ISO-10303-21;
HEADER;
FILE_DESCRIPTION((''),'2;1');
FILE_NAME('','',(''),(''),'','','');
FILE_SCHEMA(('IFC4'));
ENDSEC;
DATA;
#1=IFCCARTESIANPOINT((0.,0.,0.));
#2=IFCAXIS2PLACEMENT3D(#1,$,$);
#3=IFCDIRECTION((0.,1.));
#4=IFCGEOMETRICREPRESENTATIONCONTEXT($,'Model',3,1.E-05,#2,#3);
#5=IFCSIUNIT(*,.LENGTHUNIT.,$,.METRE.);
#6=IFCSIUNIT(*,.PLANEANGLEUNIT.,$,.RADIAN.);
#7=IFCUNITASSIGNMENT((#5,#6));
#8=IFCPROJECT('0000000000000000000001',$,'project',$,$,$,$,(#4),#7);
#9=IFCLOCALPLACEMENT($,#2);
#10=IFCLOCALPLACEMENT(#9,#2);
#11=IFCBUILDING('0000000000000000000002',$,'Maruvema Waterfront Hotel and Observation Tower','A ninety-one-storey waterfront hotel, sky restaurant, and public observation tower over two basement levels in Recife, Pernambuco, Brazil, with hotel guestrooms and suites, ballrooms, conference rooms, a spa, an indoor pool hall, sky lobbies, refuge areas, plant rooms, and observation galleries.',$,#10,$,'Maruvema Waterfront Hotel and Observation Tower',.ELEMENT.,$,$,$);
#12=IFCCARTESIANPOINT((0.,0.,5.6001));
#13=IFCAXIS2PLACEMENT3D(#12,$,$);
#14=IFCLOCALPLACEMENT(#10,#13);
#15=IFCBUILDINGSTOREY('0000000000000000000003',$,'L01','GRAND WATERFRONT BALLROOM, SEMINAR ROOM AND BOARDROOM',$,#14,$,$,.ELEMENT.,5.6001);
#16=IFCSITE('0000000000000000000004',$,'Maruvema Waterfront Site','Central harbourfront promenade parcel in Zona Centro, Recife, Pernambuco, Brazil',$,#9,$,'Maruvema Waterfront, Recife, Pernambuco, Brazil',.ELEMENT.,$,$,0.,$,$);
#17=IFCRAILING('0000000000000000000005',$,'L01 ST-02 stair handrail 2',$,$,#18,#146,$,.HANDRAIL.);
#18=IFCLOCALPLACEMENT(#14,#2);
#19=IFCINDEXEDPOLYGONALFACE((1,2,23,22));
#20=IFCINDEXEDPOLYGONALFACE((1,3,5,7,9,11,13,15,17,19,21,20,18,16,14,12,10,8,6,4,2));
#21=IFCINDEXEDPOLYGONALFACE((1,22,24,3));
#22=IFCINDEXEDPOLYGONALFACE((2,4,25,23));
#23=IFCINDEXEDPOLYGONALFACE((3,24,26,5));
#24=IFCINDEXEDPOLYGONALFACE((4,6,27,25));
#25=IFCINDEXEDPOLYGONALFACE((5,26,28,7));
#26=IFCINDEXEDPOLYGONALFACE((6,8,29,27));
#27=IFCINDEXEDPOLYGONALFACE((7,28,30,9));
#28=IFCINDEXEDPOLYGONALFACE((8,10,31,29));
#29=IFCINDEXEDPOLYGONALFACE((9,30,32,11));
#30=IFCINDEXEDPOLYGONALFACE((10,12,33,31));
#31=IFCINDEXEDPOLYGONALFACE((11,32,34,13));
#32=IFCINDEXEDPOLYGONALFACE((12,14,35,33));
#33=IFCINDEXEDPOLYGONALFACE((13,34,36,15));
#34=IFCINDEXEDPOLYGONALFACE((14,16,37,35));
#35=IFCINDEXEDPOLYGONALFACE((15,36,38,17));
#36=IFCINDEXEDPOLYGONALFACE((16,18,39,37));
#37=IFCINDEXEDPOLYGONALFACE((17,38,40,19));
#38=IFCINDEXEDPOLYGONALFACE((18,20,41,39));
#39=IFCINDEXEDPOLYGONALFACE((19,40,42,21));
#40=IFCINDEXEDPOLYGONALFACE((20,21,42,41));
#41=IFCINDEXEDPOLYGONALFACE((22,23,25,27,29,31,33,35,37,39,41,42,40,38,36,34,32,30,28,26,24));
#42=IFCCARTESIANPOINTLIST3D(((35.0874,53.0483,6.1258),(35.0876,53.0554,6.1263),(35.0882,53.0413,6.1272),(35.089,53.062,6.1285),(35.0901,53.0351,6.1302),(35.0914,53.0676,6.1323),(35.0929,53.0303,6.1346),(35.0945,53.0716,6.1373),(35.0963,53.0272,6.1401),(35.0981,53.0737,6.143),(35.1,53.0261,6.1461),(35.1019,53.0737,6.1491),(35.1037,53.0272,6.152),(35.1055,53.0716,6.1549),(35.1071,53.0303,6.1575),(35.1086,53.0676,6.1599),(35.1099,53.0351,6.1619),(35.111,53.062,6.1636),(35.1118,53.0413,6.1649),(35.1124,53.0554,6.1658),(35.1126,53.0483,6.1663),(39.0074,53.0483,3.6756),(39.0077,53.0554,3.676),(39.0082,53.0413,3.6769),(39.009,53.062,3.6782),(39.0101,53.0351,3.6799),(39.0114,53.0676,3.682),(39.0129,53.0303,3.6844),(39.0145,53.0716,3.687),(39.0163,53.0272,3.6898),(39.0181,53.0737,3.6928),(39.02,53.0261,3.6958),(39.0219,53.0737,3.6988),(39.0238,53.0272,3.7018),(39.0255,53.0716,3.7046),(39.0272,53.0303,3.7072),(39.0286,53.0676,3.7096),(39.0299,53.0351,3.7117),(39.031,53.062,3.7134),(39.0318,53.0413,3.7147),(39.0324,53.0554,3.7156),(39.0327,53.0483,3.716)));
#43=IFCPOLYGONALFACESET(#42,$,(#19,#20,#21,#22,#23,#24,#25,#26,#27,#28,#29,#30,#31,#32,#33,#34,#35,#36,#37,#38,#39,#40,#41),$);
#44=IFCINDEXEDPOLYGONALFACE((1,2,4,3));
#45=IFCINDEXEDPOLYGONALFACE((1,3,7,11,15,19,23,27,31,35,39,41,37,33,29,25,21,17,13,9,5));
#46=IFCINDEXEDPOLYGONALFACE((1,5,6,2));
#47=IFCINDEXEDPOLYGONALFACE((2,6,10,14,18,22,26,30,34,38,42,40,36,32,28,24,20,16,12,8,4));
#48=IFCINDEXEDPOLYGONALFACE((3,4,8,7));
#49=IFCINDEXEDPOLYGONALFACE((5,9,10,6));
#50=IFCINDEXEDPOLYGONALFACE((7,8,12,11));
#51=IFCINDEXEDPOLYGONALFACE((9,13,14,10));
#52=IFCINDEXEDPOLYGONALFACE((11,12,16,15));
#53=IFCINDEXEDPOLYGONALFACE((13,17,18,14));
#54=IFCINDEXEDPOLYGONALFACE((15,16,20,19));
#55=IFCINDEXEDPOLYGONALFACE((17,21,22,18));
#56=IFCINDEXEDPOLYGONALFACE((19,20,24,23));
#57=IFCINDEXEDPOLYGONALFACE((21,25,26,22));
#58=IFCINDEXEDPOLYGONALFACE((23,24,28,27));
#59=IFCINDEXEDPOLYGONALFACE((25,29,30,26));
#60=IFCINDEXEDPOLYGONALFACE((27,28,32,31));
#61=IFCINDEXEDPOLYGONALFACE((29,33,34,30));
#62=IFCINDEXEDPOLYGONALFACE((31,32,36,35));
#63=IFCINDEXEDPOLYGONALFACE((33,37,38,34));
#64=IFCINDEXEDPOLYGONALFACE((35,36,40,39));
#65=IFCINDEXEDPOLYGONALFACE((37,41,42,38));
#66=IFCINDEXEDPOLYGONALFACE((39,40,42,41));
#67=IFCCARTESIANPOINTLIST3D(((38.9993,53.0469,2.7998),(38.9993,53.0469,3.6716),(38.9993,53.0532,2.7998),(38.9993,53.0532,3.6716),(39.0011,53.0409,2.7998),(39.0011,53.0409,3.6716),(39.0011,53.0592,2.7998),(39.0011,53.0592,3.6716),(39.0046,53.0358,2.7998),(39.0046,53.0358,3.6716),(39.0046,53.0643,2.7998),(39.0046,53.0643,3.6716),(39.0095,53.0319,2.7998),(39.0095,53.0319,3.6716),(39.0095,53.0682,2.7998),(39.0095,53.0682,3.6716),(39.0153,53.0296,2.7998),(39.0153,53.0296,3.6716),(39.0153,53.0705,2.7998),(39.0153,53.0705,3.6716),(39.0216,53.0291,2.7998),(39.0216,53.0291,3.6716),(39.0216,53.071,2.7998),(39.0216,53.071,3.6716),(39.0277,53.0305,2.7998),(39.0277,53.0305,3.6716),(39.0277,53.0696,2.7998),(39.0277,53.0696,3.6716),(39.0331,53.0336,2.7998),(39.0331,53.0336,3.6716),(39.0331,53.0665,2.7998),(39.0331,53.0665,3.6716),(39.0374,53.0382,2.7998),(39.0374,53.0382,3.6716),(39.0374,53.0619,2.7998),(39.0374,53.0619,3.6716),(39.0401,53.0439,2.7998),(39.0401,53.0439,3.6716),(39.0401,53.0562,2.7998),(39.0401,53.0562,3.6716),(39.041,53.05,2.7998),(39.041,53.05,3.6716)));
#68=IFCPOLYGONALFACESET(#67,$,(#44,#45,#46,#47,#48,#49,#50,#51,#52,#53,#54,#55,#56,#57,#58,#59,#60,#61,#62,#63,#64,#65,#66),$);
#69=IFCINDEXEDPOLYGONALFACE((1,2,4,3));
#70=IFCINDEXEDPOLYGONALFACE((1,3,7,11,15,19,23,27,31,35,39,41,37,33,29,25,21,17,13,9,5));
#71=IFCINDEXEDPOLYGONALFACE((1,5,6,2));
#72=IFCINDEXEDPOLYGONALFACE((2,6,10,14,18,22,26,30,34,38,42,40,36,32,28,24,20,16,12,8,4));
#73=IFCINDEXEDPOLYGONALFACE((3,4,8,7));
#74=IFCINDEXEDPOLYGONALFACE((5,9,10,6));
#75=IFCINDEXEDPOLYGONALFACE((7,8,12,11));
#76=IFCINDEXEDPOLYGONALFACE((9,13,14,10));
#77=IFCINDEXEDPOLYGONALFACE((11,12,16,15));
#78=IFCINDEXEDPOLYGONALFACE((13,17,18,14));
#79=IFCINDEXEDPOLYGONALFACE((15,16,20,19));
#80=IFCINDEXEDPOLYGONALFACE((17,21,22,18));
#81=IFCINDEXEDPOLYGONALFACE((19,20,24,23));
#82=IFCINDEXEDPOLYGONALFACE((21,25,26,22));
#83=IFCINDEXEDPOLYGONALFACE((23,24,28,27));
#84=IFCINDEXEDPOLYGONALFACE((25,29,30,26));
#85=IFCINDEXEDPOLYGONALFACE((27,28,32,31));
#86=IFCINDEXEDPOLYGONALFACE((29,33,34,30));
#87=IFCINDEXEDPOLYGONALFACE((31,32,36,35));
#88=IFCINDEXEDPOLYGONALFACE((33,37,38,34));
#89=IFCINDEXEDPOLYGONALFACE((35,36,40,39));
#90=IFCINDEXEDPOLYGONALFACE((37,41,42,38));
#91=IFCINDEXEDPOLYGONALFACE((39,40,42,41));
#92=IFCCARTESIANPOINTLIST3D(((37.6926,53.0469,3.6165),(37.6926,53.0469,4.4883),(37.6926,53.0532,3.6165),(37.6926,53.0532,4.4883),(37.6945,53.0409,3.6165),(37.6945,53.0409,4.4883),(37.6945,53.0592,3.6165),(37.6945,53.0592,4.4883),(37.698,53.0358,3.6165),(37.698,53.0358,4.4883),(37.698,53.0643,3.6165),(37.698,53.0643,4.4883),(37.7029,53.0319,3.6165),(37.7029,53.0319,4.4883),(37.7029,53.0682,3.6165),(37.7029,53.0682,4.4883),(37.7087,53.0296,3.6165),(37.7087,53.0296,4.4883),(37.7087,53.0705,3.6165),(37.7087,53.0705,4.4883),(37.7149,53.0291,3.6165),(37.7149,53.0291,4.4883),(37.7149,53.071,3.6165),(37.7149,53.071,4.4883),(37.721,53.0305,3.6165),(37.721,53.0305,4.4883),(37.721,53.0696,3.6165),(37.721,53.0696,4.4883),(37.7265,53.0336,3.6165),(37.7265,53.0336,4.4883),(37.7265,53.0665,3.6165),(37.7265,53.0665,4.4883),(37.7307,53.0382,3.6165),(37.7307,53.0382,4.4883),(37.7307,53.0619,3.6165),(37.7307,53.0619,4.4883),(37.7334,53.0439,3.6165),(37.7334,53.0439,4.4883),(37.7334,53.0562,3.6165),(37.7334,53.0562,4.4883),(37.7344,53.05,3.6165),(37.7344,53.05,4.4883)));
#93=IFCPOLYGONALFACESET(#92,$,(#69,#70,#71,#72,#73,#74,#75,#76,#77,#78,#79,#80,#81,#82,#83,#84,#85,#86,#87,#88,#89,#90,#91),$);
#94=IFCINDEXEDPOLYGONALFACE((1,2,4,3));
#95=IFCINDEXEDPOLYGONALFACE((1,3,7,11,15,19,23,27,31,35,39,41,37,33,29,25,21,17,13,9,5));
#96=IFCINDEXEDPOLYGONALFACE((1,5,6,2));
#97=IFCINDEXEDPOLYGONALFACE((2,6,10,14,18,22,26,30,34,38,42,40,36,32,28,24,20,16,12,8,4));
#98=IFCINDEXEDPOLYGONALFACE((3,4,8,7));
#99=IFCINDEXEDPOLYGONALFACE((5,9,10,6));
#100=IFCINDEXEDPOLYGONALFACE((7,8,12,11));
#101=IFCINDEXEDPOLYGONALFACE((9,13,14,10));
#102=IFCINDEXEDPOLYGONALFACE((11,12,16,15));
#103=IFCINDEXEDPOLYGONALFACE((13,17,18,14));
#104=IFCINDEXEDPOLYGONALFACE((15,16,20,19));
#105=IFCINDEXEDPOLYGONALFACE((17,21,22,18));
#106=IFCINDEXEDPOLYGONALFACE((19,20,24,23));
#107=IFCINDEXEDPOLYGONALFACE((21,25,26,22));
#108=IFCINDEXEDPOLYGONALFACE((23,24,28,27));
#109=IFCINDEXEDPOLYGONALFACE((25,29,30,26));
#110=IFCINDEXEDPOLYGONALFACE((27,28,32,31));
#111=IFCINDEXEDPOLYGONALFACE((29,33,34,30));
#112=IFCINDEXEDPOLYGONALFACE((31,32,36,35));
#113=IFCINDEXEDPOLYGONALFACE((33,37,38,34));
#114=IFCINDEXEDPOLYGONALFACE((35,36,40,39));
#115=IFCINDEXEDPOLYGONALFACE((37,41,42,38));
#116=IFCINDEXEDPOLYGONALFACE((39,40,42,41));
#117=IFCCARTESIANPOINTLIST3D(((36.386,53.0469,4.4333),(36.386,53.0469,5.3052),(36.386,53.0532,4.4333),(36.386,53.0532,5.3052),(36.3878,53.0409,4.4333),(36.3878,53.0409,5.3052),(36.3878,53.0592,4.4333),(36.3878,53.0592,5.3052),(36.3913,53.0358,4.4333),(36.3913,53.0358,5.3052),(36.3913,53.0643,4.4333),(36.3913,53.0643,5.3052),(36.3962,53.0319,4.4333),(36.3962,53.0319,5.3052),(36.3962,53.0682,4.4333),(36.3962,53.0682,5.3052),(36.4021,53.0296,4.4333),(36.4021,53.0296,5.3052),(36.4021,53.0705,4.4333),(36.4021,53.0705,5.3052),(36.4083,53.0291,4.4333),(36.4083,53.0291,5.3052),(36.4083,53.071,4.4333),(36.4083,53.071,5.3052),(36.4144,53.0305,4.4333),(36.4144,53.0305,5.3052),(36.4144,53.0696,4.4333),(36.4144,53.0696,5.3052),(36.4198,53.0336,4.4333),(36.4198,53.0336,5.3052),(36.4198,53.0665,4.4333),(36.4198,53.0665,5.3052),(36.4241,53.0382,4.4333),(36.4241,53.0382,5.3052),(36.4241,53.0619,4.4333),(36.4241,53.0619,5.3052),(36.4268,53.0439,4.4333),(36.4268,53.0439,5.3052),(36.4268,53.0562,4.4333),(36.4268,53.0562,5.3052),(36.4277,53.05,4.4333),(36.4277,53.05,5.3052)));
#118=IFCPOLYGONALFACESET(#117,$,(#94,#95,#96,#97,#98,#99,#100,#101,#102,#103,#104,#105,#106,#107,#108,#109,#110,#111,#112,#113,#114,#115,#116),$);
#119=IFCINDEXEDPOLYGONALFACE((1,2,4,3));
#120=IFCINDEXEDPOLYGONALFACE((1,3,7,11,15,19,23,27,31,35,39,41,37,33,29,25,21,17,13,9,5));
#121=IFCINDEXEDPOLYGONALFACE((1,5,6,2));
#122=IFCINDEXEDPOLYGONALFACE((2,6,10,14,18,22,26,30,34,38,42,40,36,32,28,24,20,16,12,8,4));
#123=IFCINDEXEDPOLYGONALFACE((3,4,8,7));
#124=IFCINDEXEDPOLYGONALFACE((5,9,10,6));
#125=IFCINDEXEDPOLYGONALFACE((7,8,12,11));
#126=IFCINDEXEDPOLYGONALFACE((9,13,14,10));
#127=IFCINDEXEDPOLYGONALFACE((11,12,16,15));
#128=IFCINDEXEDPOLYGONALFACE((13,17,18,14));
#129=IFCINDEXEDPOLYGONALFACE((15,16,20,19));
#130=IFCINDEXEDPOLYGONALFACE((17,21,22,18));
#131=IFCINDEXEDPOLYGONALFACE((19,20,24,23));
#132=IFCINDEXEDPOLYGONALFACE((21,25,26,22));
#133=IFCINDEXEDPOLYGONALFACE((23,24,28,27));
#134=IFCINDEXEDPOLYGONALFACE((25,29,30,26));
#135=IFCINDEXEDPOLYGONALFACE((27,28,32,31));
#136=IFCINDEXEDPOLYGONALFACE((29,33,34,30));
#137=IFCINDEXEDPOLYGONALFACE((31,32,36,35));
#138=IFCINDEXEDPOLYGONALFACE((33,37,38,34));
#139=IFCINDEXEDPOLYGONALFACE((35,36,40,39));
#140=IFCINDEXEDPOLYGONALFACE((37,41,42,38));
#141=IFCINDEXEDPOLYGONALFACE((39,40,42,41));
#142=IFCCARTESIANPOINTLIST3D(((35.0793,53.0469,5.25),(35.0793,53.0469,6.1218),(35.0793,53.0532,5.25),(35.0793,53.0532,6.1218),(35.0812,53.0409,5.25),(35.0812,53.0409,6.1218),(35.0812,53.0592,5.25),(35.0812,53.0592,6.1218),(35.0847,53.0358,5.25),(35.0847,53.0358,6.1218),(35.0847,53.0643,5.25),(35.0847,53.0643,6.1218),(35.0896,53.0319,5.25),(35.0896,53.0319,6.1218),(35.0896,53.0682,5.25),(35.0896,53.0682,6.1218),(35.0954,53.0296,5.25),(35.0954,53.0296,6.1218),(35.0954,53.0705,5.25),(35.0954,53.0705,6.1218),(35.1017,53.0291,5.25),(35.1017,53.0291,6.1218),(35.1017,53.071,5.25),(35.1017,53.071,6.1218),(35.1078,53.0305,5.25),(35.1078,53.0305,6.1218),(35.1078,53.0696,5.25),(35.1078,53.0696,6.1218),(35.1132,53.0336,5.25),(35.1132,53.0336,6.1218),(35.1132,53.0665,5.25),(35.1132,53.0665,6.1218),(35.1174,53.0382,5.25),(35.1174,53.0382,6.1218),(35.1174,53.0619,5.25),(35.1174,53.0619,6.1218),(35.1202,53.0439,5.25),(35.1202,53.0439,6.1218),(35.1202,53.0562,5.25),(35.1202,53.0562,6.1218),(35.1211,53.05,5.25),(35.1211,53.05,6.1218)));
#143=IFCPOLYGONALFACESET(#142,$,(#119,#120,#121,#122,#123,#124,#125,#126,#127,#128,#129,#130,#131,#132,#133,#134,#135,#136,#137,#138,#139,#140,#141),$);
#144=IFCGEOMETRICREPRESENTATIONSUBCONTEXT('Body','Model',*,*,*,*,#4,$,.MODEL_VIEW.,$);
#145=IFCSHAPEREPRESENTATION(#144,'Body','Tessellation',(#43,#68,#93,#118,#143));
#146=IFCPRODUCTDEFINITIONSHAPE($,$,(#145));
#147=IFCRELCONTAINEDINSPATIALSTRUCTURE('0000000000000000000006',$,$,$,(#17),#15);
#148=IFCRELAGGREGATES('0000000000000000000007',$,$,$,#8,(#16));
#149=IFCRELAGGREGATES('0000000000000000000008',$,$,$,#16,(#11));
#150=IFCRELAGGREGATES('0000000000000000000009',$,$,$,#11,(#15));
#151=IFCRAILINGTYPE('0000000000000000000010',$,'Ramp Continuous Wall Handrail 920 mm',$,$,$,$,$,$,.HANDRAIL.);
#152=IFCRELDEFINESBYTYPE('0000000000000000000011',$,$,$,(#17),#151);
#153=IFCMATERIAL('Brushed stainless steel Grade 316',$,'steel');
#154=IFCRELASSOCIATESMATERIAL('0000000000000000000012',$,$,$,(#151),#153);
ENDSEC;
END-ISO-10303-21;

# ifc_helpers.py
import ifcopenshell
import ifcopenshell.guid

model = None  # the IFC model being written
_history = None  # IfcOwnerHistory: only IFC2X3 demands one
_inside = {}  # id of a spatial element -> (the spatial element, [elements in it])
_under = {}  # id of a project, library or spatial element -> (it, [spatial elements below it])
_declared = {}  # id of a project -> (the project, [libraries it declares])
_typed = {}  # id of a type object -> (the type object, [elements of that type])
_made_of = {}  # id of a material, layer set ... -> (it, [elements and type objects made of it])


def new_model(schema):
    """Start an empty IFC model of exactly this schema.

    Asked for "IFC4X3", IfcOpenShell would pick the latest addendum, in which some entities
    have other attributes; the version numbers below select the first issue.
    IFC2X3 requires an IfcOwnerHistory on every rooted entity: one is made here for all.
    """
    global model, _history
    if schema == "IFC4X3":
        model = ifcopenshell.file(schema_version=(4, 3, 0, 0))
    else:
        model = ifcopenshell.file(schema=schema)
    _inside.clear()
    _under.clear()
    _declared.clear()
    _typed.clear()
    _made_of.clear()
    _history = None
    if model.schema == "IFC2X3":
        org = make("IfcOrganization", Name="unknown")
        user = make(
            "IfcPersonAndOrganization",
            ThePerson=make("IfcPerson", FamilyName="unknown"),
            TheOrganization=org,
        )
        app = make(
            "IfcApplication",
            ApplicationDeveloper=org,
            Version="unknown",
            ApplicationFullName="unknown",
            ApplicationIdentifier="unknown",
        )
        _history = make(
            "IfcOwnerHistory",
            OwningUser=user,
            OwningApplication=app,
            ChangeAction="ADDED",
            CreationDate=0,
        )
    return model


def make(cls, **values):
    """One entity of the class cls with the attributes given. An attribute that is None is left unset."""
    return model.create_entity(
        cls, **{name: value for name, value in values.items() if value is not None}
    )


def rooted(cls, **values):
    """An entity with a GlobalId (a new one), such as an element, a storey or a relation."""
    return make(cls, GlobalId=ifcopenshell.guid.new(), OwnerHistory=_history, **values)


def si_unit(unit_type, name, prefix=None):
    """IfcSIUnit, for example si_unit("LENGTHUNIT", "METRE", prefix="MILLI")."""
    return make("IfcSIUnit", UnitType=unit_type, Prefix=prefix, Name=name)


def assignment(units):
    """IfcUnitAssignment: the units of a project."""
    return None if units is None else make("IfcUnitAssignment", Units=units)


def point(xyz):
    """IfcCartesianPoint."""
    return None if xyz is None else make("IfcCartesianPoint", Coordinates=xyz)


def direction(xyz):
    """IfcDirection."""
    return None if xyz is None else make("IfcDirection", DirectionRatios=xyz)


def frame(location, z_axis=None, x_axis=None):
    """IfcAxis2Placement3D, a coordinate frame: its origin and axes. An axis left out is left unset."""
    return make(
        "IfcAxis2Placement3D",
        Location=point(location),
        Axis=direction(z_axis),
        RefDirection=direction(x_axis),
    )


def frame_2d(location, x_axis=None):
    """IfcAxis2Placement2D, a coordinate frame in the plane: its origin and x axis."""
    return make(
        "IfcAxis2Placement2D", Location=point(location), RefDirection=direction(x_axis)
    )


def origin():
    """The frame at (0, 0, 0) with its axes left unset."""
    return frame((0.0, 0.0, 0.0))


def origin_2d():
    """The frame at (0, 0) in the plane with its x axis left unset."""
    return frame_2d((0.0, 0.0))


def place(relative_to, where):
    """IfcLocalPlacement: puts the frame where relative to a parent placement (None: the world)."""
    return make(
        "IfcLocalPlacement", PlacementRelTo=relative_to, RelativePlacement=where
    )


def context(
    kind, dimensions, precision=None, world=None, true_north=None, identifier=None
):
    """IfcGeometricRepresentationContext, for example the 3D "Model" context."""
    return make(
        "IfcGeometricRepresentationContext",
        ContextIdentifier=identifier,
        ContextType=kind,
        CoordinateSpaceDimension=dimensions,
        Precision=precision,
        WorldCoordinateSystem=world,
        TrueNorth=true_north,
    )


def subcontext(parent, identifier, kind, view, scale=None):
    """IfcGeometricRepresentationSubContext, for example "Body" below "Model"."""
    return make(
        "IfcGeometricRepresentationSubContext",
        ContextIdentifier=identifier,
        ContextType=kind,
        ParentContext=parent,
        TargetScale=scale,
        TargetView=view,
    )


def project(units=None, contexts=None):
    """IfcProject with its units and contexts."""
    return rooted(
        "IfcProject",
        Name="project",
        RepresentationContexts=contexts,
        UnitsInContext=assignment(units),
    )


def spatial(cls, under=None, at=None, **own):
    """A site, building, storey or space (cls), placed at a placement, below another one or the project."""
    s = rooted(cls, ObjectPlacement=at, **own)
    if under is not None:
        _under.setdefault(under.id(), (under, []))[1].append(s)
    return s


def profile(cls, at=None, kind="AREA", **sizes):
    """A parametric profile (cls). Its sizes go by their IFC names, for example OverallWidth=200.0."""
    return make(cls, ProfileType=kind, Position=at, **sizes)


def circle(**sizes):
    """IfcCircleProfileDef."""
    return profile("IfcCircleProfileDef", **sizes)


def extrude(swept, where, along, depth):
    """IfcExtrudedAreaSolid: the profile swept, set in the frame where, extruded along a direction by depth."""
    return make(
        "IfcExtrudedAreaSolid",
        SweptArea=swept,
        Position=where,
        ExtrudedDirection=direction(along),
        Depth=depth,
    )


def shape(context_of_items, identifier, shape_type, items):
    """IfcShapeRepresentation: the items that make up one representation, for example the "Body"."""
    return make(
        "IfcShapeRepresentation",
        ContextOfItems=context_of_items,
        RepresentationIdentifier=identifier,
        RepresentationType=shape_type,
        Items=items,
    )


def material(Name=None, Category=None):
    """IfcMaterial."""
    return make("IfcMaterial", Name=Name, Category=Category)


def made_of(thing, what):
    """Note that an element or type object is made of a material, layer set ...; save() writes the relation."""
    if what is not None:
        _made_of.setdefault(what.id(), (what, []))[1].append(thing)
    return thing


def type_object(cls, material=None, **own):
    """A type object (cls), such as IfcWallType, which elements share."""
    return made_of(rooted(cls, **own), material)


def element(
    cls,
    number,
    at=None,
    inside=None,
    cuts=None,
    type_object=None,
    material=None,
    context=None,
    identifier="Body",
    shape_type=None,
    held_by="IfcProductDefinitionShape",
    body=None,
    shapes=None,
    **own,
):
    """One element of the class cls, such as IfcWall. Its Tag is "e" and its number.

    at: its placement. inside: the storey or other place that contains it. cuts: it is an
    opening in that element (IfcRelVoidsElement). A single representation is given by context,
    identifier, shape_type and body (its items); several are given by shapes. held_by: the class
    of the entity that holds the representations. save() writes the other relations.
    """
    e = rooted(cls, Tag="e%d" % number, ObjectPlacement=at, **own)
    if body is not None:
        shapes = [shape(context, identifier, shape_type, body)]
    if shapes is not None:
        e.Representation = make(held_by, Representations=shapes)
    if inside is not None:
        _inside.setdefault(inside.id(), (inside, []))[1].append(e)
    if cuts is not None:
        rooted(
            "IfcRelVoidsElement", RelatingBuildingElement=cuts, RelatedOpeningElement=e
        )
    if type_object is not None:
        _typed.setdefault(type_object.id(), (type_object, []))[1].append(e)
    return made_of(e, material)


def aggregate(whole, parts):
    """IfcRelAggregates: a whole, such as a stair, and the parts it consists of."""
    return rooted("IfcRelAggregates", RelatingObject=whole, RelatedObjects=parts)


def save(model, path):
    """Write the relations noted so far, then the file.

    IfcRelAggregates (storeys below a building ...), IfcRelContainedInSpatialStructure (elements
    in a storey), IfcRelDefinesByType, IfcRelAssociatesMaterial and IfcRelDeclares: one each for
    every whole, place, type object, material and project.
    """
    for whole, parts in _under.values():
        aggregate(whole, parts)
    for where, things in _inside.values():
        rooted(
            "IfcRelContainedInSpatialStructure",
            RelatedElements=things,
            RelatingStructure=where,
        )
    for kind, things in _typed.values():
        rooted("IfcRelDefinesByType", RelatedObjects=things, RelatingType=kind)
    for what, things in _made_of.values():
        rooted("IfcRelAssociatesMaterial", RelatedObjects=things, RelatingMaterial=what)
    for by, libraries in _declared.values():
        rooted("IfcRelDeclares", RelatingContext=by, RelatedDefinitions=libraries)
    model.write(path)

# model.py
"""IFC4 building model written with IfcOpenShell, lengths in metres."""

from ifc_helpers import new_model, si_unit, direction, frame, origin, origin_2d, place, context, subcontext, project, spatial, circle, extrude, material, type_object, element, save


model = new_model("IFC4")

# Units and contexts
model_context = context("Model", 3, precision=1e-05, world=origin(), true_north=direction((0.0, 1.0)))
body_context = subcontext(model_context, "Body", "Model", "MODEL_VIEW")
ifc_project = project(units=[si_unit("LENGTHUNIT", "METRE"), si_unit("PLANEANGLEUNIT", "RADIAN")], contexts=[model_context])

# Site, building, storey
site_placement = place(None, origin())
site = spatial("IfcSite", under=ifc_project, at=site_placement, Name="Maruvema Waterfront Site", Description="Central harbourfront promenade parcel in Zona Centro, Recife, Pernambuco, Brazil", LongName="Maruvema Waterfront, Recife, Pernambuco, Brazil", CompositionType="ELEMENT", RefElevation=0.0)
building_placement = place(site_placement, origin())
building = spatial("IfcBuilding", under=site, at=building_placement, Name="Maruvema Waterfront Hotel and Observation Tower", Description="A ninety-one-storey waterfront hotel, sky restaurant, and public observation tower over two basement levels in Recife, Pernambuco, Brazil, with hotel guestrooms and suites, ballrooms, conference rooms, a spa, an indoor pool hall, sky lobbies, refuge areas, plant rooms, and observation galleries.", LongName="Maruvema Waterfront Hotel and Observation Tower", CompositionType="ELEMENT")
storey_placement = place(building_placement, frame((0.0, 0.0, 5.6001)))
storey = spatial("IfcBuildingStorey", under=building, at=storey_placement, Name="L01", Description="GRAND WATERFRONT BALLROOM, SEMINAR ROOM AND BOARDROOM", CompositionType="ELEMENT", Elevation=5.6001)

# Railing
ifc_material_1 = material(Name="Brushed stainless steel Grade 316", Category="steel")
railing_type_1 = type_object("IfcRailingType", Name="Ramp Continuous Wall Handrail 920 mm", PredefinedType="HANDRAIL", material=ifc_material_1)
railing_1_placement = place(storey_placement, frame((39.02, 53.05, 2.7998)))
element("IfcRailing", 1, at=railing_1_placement, inside=storey, type_object=railing_type_1, Name="L01 ST-02 stair handrail 2", PredefinedType="HANDRAIL", context=body_context, shape_type="SweptSolid", body=[
    extrude(circle(Radius=0.0239, at=origin_2d()), frame((0.0, 0.0, 0.896), z_axis=(-0.847975, 0.0, 0.530037), x_axis=(0.0, -1.0, 0.0)), (0.0, 0.0, 1.0), 4.6228),
    extrude(circle(Radius=0.021, at=origin_2d()), origin(), (0.0, 0.0, 1.0), 0.8718),
    extrude(circle(Radius=0.021, at=origin_2d()), frame((-1.3066, 0.0, 0.8167)), (0.0, 0.0, 1.0), 0.8718),
    extrude(circle(Radius=0.021, at=origin_2d()), frame((-2.6133, 0.0, 1.6335)), (0.0, 0.0, 1.0), 0.8718),
    extrude(circle(Radius=0.021, at=origin_2d()), frame((-3.9199, 0.0, 2.4502)), (0.0, 0.0, 1.0), 0.8718),
])

save(model, "model.ifc")
